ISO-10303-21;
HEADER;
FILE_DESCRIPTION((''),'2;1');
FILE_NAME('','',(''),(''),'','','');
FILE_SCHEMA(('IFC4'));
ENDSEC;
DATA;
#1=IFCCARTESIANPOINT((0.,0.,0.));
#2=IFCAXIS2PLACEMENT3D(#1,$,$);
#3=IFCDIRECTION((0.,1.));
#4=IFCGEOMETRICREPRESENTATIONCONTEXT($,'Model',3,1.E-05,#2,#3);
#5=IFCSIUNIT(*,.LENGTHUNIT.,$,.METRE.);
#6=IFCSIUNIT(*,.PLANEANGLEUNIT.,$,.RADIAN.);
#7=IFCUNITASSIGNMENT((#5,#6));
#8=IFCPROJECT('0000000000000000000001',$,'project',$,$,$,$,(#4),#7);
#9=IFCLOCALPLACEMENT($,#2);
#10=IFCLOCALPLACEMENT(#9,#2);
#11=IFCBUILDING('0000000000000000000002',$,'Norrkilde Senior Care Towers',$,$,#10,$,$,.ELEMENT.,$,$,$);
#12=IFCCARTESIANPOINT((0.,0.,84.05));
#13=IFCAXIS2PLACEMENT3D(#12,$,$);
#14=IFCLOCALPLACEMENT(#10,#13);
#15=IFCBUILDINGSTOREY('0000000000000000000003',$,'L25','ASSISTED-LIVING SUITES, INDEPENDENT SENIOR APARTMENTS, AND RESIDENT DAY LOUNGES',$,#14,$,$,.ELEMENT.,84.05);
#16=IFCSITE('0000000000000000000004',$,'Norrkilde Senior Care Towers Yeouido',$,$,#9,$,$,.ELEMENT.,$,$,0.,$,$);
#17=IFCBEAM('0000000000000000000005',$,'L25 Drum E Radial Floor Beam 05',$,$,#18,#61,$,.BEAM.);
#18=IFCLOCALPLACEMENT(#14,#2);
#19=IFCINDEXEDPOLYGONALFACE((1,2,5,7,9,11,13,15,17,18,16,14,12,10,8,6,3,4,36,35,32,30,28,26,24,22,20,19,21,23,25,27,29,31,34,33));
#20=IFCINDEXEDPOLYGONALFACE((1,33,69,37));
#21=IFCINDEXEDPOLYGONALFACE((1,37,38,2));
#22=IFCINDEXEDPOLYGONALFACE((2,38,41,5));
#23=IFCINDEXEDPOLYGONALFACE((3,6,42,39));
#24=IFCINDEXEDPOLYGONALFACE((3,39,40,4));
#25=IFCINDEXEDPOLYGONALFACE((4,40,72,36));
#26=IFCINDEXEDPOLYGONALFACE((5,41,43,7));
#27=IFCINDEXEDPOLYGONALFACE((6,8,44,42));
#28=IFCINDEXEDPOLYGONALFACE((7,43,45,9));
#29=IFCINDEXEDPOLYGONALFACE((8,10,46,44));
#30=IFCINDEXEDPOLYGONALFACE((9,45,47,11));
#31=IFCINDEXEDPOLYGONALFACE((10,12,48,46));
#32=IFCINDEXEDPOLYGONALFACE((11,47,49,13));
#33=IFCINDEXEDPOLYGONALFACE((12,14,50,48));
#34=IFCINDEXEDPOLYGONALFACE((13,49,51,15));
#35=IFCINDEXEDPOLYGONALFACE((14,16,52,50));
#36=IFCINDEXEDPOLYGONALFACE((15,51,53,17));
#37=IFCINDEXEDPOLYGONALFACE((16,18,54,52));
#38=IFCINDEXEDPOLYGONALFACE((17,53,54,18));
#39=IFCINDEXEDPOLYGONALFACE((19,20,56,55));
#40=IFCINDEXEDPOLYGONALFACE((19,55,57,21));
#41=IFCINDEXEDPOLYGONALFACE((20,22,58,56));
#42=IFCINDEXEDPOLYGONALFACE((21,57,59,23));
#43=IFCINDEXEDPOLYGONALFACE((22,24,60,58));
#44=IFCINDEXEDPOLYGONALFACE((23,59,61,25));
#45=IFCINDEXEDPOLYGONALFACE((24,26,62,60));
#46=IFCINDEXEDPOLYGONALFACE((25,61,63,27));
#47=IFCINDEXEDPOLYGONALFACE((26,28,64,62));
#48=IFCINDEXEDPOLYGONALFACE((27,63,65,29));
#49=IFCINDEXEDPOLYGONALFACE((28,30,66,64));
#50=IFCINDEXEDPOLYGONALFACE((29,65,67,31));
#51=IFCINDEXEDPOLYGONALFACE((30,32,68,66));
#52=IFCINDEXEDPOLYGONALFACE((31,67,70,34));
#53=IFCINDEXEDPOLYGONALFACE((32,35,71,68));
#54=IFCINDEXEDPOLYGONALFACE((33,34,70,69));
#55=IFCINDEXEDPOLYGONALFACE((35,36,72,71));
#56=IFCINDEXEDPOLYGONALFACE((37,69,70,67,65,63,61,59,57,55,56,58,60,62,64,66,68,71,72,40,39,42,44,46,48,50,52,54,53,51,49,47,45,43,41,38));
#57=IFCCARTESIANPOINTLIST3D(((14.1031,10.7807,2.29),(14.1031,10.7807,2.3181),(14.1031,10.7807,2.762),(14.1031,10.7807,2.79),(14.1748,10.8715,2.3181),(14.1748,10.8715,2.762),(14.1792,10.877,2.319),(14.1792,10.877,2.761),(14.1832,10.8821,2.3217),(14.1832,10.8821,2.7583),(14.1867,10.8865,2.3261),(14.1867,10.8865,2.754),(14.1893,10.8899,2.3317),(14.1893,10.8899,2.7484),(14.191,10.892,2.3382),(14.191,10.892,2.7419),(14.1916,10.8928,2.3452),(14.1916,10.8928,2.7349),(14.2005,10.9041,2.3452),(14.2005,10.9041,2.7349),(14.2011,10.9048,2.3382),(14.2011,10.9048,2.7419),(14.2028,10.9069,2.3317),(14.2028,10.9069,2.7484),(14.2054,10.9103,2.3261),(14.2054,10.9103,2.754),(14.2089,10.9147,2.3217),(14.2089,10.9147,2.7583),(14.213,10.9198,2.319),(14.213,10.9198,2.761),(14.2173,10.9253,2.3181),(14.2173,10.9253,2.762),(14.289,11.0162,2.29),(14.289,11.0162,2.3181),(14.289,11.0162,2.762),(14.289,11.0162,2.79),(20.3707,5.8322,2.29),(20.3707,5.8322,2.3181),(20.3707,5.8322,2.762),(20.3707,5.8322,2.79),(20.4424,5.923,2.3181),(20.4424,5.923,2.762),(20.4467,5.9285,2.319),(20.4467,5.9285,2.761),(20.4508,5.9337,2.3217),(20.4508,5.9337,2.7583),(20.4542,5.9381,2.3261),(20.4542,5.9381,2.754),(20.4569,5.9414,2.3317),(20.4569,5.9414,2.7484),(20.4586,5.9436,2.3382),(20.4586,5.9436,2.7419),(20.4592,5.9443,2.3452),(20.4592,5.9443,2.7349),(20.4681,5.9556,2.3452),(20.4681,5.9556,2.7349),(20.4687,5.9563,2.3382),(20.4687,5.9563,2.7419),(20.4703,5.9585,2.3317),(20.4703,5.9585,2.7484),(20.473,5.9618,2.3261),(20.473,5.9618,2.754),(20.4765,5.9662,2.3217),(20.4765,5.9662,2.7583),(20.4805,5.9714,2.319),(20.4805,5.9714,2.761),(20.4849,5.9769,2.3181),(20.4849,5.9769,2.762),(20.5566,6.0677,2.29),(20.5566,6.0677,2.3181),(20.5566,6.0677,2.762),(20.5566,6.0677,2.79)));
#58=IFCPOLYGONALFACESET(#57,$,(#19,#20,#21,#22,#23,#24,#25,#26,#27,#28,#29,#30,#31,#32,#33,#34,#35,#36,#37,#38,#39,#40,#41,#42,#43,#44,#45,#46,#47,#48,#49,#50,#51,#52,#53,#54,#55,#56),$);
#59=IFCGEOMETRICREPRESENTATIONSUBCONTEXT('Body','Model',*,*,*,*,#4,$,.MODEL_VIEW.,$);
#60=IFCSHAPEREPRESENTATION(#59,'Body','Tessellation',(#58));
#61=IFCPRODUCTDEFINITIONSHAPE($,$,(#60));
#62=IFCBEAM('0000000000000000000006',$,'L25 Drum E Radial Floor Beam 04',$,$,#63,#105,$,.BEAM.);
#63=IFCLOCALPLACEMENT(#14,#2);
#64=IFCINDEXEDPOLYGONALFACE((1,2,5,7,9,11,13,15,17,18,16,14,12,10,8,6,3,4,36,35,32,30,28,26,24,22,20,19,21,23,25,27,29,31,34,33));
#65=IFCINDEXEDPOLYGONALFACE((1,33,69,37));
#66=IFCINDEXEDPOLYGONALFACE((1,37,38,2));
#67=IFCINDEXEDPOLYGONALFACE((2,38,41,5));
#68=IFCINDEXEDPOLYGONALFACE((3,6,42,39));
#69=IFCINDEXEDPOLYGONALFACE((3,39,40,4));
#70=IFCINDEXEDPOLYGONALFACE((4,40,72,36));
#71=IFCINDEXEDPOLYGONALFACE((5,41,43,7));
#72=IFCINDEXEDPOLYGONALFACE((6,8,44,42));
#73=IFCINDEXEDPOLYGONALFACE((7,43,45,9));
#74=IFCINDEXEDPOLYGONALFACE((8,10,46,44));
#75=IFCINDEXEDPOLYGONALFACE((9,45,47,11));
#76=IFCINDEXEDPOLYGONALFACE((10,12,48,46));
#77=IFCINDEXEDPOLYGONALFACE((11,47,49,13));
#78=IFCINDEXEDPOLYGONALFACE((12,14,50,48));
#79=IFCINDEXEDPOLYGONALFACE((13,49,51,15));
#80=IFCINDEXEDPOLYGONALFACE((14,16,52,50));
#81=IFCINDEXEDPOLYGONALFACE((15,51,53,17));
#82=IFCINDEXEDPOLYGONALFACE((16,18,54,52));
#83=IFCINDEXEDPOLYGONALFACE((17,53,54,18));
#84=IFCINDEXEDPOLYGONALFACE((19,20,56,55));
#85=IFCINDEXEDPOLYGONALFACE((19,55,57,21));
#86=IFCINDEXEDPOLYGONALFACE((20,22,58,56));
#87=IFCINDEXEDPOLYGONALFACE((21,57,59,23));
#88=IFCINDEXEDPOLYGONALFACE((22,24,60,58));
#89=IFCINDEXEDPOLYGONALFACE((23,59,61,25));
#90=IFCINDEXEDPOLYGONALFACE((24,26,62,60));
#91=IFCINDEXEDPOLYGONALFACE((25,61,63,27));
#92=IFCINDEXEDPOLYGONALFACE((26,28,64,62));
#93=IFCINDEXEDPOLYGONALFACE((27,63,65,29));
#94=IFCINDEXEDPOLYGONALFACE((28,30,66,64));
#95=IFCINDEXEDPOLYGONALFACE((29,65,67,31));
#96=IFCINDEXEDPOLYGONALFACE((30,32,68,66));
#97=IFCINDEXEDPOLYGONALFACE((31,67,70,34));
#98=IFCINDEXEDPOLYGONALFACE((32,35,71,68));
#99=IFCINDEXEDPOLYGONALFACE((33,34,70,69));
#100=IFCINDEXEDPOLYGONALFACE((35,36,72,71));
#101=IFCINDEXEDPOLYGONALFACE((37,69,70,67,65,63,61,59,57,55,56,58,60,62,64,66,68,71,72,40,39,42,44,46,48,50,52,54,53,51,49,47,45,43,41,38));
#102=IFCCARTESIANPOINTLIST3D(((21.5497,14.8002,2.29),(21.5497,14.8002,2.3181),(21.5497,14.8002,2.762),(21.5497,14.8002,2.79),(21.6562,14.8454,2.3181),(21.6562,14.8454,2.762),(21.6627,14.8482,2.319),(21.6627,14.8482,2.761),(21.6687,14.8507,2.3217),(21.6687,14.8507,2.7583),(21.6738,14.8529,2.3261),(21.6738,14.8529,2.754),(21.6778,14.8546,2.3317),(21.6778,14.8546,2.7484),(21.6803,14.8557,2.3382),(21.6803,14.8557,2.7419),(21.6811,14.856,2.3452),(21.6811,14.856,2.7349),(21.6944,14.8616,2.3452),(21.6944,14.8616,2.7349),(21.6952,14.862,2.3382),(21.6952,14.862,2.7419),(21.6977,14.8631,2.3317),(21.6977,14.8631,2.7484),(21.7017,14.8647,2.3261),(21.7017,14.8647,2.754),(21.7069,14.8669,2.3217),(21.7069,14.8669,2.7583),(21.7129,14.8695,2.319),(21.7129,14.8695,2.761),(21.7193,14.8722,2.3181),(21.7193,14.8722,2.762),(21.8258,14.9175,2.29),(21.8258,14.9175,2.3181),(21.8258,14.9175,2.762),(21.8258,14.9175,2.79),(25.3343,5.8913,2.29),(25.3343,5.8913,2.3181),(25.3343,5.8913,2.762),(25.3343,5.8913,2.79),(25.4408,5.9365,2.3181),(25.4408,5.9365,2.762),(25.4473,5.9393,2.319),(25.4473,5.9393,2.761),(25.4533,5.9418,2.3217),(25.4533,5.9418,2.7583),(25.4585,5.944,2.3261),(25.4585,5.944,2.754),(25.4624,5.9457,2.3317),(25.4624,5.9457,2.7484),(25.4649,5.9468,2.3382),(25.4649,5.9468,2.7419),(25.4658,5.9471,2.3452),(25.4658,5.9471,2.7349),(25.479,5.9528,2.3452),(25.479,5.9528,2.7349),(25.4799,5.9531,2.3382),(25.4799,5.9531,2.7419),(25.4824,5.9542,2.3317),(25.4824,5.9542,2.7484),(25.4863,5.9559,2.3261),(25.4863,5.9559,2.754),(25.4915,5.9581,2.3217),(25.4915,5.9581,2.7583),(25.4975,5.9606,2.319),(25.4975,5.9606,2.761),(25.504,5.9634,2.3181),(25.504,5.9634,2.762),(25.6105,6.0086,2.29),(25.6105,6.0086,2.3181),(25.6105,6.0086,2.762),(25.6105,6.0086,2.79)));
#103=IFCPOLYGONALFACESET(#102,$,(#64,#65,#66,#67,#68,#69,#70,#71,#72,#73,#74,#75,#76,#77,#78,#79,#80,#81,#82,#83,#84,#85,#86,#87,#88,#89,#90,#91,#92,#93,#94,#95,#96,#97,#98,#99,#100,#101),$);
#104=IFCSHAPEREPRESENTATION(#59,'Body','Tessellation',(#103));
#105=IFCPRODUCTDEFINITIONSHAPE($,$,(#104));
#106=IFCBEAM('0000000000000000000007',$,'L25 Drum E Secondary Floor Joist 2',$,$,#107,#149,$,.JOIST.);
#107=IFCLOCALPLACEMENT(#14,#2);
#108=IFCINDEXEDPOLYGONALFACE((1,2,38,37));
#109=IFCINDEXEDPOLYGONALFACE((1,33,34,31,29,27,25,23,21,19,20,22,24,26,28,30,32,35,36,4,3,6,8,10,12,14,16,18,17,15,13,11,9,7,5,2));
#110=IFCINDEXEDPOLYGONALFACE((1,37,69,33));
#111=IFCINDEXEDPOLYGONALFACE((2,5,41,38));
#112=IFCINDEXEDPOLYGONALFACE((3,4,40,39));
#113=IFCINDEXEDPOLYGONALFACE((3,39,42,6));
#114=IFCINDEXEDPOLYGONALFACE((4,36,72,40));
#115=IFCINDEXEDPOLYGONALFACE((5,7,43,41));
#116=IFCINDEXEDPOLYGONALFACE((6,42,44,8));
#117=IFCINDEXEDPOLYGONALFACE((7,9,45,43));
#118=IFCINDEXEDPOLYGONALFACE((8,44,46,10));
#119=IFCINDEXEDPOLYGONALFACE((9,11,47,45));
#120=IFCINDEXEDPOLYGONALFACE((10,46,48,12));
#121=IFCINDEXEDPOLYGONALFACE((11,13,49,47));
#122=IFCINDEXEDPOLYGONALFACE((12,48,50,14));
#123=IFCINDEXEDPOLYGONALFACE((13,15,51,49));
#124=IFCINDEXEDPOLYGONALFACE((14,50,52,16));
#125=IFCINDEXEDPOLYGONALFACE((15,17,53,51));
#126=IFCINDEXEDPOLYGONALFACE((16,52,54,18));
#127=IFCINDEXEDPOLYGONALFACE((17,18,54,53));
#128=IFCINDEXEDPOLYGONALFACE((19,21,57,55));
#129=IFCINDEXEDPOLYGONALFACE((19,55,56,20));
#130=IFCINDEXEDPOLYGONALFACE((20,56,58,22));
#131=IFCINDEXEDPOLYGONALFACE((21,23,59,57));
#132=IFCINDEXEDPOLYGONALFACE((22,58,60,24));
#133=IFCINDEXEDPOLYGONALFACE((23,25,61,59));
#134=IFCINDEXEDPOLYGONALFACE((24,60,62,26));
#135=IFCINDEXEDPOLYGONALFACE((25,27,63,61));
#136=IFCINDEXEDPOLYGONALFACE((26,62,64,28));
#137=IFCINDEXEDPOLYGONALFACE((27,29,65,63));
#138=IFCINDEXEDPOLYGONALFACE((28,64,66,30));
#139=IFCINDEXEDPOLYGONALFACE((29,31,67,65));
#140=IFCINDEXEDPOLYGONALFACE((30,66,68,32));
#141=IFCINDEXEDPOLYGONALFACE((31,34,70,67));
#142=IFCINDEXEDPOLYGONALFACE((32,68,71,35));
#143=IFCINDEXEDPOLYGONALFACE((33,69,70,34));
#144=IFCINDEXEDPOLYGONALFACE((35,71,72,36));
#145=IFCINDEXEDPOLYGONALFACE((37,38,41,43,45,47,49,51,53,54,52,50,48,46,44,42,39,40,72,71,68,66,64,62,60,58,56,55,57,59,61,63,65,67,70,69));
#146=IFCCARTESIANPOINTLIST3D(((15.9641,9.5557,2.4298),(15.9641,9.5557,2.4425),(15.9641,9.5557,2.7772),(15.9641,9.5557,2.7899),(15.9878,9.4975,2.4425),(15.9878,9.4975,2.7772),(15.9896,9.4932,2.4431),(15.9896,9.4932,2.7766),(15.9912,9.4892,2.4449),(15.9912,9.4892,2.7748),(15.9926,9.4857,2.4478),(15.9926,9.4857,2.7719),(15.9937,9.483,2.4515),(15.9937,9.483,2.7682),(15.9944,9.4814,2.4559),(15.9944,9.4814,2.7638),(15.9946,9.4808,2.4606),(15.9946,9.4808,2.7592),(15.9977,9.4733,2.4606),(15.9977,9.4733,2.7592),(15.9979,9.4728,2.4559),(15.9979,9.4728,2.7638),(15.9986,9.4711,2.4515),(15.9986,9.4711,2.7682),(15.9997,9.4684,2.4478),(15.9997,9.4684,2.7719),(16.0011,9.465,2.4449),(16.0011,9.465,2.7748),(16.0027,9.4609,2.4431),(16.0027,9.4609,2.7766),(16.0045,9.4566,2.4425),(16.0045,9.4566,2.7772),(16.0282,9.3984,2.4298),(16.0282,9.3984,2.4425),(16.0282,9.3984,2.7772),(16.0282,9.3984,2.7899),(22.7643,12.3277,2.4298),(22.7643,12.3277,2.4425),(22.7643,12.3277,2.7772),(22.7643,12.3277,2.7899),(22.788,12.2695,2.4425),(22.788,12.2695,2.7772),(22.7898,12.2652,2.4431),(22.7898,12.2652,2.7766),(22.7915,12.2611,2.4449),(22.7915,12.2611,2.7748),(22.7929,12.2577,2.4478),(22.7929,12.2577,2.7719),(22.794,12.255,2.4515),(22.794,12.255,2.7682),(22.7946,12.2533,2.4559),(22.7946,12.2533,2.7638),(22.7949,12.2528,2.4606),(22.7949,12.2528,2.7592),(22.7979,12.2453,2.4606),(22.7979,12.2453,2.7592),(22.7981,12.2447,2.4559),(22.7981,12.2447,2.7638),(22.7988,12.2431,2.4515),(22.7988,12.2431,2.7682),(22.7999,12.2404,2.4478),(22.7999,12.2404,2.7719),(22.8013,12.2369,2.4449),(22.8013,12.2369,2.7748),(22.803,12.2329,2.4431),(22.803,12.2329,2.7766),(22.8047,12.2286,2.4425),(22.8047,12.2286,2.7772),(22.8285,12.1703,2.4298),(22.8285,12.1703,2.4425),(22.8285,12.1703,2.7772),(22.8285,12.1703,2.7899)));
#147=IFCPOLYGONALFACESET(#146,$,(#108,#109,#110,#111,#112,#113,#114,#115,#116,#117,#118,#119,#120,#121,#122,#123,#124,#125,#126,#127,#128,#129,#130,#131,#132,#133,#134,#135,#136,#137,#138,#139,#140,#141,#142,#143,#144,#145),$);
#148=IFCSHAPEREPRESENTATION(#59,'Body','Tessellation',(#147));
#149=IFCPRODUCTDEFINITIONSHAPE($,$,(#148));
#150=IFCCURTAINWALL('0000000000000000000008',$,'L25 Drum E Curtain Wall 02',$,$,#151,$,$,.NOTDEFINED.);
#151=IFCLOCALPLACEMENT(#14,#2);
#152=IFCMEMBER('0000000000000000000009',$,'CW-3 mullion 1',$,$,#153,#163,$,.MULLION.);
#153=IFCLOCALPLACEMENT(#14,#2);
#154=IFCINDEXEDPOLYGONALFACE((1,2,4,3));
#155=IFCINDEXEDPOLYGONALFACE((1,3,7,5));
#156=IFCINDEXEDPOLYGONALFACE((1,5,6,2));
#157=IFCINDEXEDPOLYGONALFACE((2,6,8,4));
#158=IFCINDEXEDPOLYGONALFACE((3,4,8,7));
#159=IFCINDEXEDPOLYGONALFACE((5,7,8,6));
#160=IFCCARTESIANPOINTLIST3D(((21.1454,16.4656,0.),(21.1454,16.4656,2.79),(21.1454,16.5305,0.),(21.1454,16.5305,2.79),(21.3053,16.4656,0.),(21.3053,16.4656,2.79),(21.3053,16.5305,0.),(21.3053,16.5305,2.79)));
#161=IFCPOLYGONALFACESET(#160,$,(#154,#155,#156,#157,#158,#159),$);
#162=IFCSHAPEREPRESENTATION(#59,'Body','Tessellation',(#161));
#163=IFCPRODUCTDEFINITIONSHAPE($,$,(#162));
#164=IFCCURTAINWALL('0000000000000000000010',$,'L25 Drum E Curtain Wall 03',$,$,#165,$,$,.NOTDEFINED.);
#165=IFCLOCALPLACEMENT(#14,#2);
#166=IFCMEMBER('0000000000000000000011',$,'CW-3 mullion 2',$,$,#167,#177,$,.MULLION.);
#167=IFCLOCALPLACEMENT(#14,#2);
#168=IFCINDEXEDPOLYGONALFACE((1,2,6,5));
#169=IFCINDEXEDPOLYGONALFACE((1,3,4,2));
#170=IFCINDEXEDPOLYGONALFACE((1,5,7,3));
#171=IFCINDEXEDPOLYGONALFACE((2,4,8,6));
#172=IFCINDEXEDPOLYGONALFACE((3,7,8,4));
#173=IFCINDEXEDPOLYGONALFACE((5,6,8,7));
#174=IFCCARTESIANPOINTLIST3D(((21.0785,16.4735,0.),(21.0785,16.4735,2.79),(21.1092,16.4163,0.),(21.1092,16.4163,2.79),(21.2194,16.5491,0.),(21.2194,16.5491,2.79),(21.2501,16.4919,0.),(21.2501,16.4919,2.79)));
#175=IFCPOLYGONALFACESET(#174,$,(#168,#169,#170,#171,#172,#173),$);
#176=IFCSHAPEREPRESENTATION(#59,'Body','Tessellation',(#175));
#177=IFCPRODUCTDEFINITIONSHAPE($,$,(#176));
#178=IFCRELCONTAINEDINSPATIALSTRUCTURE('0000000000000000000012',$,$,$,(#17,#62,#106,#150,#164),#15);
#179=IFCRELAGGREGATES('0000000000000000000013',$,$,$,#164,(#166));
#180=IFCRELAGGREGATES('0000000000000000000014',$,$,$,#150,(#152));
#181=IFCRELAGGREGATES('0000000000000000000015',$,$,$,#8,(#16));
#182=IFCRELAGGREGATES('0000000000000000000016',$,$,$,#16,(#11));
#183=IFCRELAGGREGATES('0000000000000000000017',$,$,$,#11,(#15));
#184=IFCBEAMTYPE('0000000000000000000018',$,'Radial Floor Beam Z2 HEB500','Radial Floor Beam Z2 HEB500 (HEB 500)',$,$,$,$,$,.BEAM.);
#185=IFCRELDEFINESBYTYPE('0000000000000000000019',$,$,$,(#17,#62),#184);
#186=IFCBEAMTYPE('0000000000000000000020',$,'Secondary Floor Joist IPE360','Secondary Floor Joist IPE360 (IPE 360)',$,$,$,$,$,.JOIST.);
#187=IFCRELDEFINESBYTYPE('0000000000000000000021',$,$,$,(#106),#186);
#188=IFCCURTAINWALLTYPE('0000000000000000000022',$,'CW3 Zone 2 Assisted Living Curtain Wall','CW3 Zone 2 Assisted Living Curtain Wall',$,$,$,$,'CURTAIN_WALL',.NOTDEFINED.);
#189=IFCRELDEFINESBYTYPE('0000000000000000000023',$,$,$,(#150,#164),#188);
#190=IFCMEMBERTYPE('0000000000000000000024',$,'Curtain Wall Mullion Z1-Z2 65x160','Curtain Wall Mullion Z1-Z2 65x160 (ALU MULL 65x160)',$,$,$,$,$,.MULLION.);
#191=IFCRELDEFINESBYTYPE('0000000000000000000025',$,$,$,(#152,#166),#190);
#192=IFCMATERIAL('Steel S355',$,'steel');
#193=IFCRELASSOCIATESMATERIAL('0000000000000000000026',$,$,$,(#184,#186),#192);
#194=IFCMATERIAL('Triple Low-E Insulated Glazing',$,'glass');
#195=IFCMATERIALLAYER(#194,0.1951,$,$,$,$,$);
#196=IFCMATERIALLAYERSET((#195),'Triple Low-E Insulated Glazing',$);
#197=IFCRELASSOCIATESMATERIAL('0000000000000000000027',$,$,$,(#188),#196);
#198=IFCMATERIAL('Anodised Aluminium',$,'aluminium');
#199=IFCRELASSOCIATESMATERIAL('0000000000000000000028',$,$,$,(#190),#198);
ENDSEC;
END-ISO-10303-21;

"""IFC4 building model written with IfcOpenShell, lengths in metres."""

from ifc_helpers import new_model, si_unit, direction, frame, origin, origin_2d, place, context, subcontext, project, spatial, rectangle, i_section, extrude, source, transform, mapped, material, layer, layer_set, material_profile, profile_set, type_object, type_shapes, element, aggregate, save


model = new_model("IFC4")

# Units and contexts
model_context = context("Model", 3, precision=1e-05, world=origin(), true_north=direction((0.0, 1.0)))
body_context = subcontext(model_context, "Body", "Model", "MODEL_VIEW")
ifc_project = project(units=[si_unit("LENGTHUNIT", "METRE"), si_unit("PLANEANGLEUNIT", "RADIAN")], contexts=[model_context])

# Site, building, storey
site_placement = place(None, origin())
site = spatial("IfcSite", under=ifc_project, at=site_placement, Name="Norrkilde Senior Care Towers Yeouido", CompositionType="ELEMENT", RefElevation=0.0)
building_placement = place(site_placement, origin())
building = spatial("IfcBuilding", under=site, at=building_placement, Name="Norrkilde Senior Care Towers", CompositionType="ELEMENT")
storey_placement = place(building_placement, frame((0.0, 0.0, 84.05)))
storey = spatial("IfcBuildingStorey", under=building, at=storey_placement, Name="L25", Description="ASSISTED-LIVING SUITES, INDEPENDENT SENIOR APARTMENTS, AND RESIDENT DAY LOUNGES", CompositionType="ELEMENT", Elevation=84.05)

# Beams
ifc_material_1 = material(Name="Steel S355", Category="steel")
ifc_material_profile_1 = material_profile(ifc_material_1, i_section(OverallWidth=0.3, OverallDepth=0.5, WebThickness=0.0144, FlangeThickness=0.0281, FilletRadius=0.0271, at=origin_2d()), Name="HEB 500")
ifc_profile_set_1 = profile_set([ifc_material_profile_1], Name="Steel S355")
beam_type_1 = type_object("IfcBeamType", Name="Radial Floor Beam Z2 HEB500", Description="Radial Floor Beam Z2 HEB500 (HEB 500)", PredefinedType="BEAM", material=ifc_profile_set_1)
shared_shape_1 = source(origin(), body_context, "Body", "SweptSolid", [
    extrude(i_section(OverallWidth=0.3, OverallDepth=0.5, WebThickness=0.0144, FlangeThickness=0.0281, FilletRadius=0.0271, at=origin_2d()), origin(), (0.0, 0.0, 1.0), 7.9856),
])
beam_1_placement = place(storey_placement, frame((20.4636, 5.95, 2.54), z_axis=(-0.784859, 0.619675, 0.0), x_axis=(-0.619675, -0.784859, 0.0)))
element("IfcBeam", 1, at=beam_1_placement, inside=storey, type_object=beam_type_1, Name="L25 Drum E Radial Floor Beam 05", PredefinedType="BEAM", context=body_context, shape_type="MappedRepresentation", body=[
    mapped(shared_shape_1, transform((0.0, 0.0, 0.0), x_axis=(1.0, 0.0, 0.0), y_axis=(0.0, 1.0, 0.0), z_axis=(0.0, 0.0, 1.0), scale=1.0)),
])
shared_shape_2 = source(origin(), body_context, "Body", "SweptSolid", [
    extrude(i_section(OverallWidth=0.3, OverallDepth=0.5, WebThickness=0.0144, FlangeThickness=0.0281, FilletRadius=0.0271, at=origin_2d()), origin(), (0.0, 0.0, 1.0), 9.6794),
])
beam_2_placement = place(storey_placement, frame((25.4724, 5.95, 2.54), z_axis=(-0.390998, 0.920392, 0.0), x_axis=(-0.920392, -0.390998, 0.0)))
element("IfcBeam", 2, at=beam_2_placement, inside=storey, type_object=beam_type_1, Name="L25 Drum E Radial Floor Beam 04", PredefinedType="BEAM", context=body_context, shape_type="MappedRepresentation", body=[
    mapped(shared_shape_2, transform((0.0, 0.0, 0.0), x_axis=(1.0, 0.0, 0.0), y_axis=(0.0, 1.0, 0.0), z_axis=(0.0, 0.0, 1.0), scale=1.0)),
])
ifc_material_profile_2 = material_profile(ifc_material_1, i_section(OverallWidth=0.1699, OverallDepth=0.3601, WebThickness=0.0081, FlangeThickness=0.0127, FilletRadius=0.0181, at=origin_2d()), Name="IPE 360")
ifc_profile_set_2 = profile_set([ifc_material_profile_2], Name="Steel S355")
beam_type_2 = type_object("IfcBeamType", Name="Secondary Floor Joist IPE360", Description="Secondary Floor Joist IPE360 (IPE 360)", PredefinedType="JOIST", material=ifc_profile_set_2)
shared_shape_3 = source(origin(), body_context, "Body", "SweptSolid", [
    extrude(i_section(OverallWidth=0.1699, OverallDepth=0.3601, WebThickness=0.0081, FlangeThickness=0.0127, FilletRadius=0.0181, at=origin_2d()), origin(), (0.0, 0.0, 1.0), 7.3435),
])
type_shapes(beam_type_2, [shared_shape_3])
beam_3_placement = place(storey_placement, frame((22.7964, 12.249, 2.6099), z_axis=(-0.926022, -0.37747, 0.0), x_axis=(0.37747, -0.926022, 0.0)))
element("IfcBeam", 3, at=beam_3_placement, inside=storey, type_object=beam_type_2, Name="L25 Drum E Secondary Floor Joist 2", PredefinedType="JOIST", context=body_context, shape_type="MappedRepresentation", body=[
    mapped(shared_shape_3, transform((0.0, 0.0, 0.0), x_axis=(1.0, 0.0, 0.0), y_axis=(0.0, 1.0, 0.0), z_axis=(0.0, 0.0, 1.0), scale=1.0)),
])

# Curtain walls, members
ifc_material_2 = material(Name="Triple Low-E Insulated Glazing", Category="glass")
ifc_layer_1 = layer(ifc_material_2, 0.1951)
ifc_layer_set_1 = layer_set([ifc_layer_1], Name="Triple Low-E Insulated Glazing")
curtain_wall_type = type_object("IfcCurtainWallType", Name="CW3 Zone 2 Assisted Living Curtain Wall", Description="CW3 Zone 2 Assisted Living Curtain Wall", ElementType="CURTAIN_WALL", PredefinedType="NOTDEFINED", material=ifc_layer_set_1)
curtain_wall_1_placement = place(storey_placement, origin())
curtain_wall_1 = element("IfcCurtainWall", 4, at=curtain_wall_1_placement, inside=storey, type_object=curtain_wall_type, Name="L25 Drum E Curtain Wall 02", PredefinedType="NOTDEFINED")
ifc_material_3 = material(Name="Anodised Aluminium", Category="aluminium")
ifc_material_profile_3 = material_profile(ifc_material_3, rectangle(XDim=0.0649, YDim=0.1599, at=origin_2d()), Name="ALU MULL 65x160")
ifc_profile_set_3 = profile_set([ifc_material_profile_3], Name="Anodised Aluminium")
member_type_1 = type_object("IfcMemberType", Name="Curtain Wall Mullion Z1-Z2 65x160", Description="Curtain Wall Mullion Z1-Z2 65x160 (ALU MULL 65x160)", PredefinedType="MULLION", material=ifc_profile_set_3)
shared_shape_4 = source(origin(), body_context, "Body", "SweptSolid", [
    extrude(rectangle(XDim=0.0649, YDim=0.1599, at=origin_2d()), origin(), (0.0, 0.0, 1.0), 2.79),
])
type_shapes(member_type_1, [shared_shape_4])
member_1_placement = place(storey_placement, frame((21.2253, 16.498, 0.0), z_axis=(0.0, 0.0, 1.0), x_axis=(0.0, 1.0, 0.0)))
member_1 = element("IfcMember", 5, at=member_1_placement, type_object=member_type_1, Name="CW-3 mullion 1", PredefinedType="MULLION", context=body_context, shape_type="MappedRepresentation", body=[
    mapped(shared_shape_4, transform((0.0, 0.0, 0.0), x_axis=(1.0, 0.0, 0.0), y_axis=(0.0, 1.0, 0.0), z_axis=(0.0, 0.0, 1.0), scale=1.0)),
])
curtain_wall_2_placement = place(storey_placement, origin())
curtain_wall_2 = element("IfcCurtainWall", 6, at=curtain_wall_2_placement, inside=storey, type_object=curtain_wall_type, Name="L25 Drum E Curtain Wall 03", PredefinedType="NOTDEFINED")
member_2_placement = place(storey_placement, frame((21.1643, 16.4827, 0.0), z_axis=(0.0, 0.0, 1.0), x_axis=(-0.472769, 0.881186, 0.0)))
member_2 = element("IfcMember", 7, at=member_2_placement, type_object=member_type_1, Name="CW-3 mullion 2", PredefinedType="MULLION", context=body_context, shape_type="MappedRepresentation", body=[
    mapped(shared_shape_4, transform((0.0, 0.0, 0.0), x_axis=(1.0, 0.0, 0.0), y_axis=(0.0, 1.0, 0.0), z_axis=(0.0, 0.0, 1.0), scale=1.0)),
])
aggregate(curtain_wall_2, [member_2])

aggregate(curtain_wall_1, [member_1])

save(model, "model.ifc")
